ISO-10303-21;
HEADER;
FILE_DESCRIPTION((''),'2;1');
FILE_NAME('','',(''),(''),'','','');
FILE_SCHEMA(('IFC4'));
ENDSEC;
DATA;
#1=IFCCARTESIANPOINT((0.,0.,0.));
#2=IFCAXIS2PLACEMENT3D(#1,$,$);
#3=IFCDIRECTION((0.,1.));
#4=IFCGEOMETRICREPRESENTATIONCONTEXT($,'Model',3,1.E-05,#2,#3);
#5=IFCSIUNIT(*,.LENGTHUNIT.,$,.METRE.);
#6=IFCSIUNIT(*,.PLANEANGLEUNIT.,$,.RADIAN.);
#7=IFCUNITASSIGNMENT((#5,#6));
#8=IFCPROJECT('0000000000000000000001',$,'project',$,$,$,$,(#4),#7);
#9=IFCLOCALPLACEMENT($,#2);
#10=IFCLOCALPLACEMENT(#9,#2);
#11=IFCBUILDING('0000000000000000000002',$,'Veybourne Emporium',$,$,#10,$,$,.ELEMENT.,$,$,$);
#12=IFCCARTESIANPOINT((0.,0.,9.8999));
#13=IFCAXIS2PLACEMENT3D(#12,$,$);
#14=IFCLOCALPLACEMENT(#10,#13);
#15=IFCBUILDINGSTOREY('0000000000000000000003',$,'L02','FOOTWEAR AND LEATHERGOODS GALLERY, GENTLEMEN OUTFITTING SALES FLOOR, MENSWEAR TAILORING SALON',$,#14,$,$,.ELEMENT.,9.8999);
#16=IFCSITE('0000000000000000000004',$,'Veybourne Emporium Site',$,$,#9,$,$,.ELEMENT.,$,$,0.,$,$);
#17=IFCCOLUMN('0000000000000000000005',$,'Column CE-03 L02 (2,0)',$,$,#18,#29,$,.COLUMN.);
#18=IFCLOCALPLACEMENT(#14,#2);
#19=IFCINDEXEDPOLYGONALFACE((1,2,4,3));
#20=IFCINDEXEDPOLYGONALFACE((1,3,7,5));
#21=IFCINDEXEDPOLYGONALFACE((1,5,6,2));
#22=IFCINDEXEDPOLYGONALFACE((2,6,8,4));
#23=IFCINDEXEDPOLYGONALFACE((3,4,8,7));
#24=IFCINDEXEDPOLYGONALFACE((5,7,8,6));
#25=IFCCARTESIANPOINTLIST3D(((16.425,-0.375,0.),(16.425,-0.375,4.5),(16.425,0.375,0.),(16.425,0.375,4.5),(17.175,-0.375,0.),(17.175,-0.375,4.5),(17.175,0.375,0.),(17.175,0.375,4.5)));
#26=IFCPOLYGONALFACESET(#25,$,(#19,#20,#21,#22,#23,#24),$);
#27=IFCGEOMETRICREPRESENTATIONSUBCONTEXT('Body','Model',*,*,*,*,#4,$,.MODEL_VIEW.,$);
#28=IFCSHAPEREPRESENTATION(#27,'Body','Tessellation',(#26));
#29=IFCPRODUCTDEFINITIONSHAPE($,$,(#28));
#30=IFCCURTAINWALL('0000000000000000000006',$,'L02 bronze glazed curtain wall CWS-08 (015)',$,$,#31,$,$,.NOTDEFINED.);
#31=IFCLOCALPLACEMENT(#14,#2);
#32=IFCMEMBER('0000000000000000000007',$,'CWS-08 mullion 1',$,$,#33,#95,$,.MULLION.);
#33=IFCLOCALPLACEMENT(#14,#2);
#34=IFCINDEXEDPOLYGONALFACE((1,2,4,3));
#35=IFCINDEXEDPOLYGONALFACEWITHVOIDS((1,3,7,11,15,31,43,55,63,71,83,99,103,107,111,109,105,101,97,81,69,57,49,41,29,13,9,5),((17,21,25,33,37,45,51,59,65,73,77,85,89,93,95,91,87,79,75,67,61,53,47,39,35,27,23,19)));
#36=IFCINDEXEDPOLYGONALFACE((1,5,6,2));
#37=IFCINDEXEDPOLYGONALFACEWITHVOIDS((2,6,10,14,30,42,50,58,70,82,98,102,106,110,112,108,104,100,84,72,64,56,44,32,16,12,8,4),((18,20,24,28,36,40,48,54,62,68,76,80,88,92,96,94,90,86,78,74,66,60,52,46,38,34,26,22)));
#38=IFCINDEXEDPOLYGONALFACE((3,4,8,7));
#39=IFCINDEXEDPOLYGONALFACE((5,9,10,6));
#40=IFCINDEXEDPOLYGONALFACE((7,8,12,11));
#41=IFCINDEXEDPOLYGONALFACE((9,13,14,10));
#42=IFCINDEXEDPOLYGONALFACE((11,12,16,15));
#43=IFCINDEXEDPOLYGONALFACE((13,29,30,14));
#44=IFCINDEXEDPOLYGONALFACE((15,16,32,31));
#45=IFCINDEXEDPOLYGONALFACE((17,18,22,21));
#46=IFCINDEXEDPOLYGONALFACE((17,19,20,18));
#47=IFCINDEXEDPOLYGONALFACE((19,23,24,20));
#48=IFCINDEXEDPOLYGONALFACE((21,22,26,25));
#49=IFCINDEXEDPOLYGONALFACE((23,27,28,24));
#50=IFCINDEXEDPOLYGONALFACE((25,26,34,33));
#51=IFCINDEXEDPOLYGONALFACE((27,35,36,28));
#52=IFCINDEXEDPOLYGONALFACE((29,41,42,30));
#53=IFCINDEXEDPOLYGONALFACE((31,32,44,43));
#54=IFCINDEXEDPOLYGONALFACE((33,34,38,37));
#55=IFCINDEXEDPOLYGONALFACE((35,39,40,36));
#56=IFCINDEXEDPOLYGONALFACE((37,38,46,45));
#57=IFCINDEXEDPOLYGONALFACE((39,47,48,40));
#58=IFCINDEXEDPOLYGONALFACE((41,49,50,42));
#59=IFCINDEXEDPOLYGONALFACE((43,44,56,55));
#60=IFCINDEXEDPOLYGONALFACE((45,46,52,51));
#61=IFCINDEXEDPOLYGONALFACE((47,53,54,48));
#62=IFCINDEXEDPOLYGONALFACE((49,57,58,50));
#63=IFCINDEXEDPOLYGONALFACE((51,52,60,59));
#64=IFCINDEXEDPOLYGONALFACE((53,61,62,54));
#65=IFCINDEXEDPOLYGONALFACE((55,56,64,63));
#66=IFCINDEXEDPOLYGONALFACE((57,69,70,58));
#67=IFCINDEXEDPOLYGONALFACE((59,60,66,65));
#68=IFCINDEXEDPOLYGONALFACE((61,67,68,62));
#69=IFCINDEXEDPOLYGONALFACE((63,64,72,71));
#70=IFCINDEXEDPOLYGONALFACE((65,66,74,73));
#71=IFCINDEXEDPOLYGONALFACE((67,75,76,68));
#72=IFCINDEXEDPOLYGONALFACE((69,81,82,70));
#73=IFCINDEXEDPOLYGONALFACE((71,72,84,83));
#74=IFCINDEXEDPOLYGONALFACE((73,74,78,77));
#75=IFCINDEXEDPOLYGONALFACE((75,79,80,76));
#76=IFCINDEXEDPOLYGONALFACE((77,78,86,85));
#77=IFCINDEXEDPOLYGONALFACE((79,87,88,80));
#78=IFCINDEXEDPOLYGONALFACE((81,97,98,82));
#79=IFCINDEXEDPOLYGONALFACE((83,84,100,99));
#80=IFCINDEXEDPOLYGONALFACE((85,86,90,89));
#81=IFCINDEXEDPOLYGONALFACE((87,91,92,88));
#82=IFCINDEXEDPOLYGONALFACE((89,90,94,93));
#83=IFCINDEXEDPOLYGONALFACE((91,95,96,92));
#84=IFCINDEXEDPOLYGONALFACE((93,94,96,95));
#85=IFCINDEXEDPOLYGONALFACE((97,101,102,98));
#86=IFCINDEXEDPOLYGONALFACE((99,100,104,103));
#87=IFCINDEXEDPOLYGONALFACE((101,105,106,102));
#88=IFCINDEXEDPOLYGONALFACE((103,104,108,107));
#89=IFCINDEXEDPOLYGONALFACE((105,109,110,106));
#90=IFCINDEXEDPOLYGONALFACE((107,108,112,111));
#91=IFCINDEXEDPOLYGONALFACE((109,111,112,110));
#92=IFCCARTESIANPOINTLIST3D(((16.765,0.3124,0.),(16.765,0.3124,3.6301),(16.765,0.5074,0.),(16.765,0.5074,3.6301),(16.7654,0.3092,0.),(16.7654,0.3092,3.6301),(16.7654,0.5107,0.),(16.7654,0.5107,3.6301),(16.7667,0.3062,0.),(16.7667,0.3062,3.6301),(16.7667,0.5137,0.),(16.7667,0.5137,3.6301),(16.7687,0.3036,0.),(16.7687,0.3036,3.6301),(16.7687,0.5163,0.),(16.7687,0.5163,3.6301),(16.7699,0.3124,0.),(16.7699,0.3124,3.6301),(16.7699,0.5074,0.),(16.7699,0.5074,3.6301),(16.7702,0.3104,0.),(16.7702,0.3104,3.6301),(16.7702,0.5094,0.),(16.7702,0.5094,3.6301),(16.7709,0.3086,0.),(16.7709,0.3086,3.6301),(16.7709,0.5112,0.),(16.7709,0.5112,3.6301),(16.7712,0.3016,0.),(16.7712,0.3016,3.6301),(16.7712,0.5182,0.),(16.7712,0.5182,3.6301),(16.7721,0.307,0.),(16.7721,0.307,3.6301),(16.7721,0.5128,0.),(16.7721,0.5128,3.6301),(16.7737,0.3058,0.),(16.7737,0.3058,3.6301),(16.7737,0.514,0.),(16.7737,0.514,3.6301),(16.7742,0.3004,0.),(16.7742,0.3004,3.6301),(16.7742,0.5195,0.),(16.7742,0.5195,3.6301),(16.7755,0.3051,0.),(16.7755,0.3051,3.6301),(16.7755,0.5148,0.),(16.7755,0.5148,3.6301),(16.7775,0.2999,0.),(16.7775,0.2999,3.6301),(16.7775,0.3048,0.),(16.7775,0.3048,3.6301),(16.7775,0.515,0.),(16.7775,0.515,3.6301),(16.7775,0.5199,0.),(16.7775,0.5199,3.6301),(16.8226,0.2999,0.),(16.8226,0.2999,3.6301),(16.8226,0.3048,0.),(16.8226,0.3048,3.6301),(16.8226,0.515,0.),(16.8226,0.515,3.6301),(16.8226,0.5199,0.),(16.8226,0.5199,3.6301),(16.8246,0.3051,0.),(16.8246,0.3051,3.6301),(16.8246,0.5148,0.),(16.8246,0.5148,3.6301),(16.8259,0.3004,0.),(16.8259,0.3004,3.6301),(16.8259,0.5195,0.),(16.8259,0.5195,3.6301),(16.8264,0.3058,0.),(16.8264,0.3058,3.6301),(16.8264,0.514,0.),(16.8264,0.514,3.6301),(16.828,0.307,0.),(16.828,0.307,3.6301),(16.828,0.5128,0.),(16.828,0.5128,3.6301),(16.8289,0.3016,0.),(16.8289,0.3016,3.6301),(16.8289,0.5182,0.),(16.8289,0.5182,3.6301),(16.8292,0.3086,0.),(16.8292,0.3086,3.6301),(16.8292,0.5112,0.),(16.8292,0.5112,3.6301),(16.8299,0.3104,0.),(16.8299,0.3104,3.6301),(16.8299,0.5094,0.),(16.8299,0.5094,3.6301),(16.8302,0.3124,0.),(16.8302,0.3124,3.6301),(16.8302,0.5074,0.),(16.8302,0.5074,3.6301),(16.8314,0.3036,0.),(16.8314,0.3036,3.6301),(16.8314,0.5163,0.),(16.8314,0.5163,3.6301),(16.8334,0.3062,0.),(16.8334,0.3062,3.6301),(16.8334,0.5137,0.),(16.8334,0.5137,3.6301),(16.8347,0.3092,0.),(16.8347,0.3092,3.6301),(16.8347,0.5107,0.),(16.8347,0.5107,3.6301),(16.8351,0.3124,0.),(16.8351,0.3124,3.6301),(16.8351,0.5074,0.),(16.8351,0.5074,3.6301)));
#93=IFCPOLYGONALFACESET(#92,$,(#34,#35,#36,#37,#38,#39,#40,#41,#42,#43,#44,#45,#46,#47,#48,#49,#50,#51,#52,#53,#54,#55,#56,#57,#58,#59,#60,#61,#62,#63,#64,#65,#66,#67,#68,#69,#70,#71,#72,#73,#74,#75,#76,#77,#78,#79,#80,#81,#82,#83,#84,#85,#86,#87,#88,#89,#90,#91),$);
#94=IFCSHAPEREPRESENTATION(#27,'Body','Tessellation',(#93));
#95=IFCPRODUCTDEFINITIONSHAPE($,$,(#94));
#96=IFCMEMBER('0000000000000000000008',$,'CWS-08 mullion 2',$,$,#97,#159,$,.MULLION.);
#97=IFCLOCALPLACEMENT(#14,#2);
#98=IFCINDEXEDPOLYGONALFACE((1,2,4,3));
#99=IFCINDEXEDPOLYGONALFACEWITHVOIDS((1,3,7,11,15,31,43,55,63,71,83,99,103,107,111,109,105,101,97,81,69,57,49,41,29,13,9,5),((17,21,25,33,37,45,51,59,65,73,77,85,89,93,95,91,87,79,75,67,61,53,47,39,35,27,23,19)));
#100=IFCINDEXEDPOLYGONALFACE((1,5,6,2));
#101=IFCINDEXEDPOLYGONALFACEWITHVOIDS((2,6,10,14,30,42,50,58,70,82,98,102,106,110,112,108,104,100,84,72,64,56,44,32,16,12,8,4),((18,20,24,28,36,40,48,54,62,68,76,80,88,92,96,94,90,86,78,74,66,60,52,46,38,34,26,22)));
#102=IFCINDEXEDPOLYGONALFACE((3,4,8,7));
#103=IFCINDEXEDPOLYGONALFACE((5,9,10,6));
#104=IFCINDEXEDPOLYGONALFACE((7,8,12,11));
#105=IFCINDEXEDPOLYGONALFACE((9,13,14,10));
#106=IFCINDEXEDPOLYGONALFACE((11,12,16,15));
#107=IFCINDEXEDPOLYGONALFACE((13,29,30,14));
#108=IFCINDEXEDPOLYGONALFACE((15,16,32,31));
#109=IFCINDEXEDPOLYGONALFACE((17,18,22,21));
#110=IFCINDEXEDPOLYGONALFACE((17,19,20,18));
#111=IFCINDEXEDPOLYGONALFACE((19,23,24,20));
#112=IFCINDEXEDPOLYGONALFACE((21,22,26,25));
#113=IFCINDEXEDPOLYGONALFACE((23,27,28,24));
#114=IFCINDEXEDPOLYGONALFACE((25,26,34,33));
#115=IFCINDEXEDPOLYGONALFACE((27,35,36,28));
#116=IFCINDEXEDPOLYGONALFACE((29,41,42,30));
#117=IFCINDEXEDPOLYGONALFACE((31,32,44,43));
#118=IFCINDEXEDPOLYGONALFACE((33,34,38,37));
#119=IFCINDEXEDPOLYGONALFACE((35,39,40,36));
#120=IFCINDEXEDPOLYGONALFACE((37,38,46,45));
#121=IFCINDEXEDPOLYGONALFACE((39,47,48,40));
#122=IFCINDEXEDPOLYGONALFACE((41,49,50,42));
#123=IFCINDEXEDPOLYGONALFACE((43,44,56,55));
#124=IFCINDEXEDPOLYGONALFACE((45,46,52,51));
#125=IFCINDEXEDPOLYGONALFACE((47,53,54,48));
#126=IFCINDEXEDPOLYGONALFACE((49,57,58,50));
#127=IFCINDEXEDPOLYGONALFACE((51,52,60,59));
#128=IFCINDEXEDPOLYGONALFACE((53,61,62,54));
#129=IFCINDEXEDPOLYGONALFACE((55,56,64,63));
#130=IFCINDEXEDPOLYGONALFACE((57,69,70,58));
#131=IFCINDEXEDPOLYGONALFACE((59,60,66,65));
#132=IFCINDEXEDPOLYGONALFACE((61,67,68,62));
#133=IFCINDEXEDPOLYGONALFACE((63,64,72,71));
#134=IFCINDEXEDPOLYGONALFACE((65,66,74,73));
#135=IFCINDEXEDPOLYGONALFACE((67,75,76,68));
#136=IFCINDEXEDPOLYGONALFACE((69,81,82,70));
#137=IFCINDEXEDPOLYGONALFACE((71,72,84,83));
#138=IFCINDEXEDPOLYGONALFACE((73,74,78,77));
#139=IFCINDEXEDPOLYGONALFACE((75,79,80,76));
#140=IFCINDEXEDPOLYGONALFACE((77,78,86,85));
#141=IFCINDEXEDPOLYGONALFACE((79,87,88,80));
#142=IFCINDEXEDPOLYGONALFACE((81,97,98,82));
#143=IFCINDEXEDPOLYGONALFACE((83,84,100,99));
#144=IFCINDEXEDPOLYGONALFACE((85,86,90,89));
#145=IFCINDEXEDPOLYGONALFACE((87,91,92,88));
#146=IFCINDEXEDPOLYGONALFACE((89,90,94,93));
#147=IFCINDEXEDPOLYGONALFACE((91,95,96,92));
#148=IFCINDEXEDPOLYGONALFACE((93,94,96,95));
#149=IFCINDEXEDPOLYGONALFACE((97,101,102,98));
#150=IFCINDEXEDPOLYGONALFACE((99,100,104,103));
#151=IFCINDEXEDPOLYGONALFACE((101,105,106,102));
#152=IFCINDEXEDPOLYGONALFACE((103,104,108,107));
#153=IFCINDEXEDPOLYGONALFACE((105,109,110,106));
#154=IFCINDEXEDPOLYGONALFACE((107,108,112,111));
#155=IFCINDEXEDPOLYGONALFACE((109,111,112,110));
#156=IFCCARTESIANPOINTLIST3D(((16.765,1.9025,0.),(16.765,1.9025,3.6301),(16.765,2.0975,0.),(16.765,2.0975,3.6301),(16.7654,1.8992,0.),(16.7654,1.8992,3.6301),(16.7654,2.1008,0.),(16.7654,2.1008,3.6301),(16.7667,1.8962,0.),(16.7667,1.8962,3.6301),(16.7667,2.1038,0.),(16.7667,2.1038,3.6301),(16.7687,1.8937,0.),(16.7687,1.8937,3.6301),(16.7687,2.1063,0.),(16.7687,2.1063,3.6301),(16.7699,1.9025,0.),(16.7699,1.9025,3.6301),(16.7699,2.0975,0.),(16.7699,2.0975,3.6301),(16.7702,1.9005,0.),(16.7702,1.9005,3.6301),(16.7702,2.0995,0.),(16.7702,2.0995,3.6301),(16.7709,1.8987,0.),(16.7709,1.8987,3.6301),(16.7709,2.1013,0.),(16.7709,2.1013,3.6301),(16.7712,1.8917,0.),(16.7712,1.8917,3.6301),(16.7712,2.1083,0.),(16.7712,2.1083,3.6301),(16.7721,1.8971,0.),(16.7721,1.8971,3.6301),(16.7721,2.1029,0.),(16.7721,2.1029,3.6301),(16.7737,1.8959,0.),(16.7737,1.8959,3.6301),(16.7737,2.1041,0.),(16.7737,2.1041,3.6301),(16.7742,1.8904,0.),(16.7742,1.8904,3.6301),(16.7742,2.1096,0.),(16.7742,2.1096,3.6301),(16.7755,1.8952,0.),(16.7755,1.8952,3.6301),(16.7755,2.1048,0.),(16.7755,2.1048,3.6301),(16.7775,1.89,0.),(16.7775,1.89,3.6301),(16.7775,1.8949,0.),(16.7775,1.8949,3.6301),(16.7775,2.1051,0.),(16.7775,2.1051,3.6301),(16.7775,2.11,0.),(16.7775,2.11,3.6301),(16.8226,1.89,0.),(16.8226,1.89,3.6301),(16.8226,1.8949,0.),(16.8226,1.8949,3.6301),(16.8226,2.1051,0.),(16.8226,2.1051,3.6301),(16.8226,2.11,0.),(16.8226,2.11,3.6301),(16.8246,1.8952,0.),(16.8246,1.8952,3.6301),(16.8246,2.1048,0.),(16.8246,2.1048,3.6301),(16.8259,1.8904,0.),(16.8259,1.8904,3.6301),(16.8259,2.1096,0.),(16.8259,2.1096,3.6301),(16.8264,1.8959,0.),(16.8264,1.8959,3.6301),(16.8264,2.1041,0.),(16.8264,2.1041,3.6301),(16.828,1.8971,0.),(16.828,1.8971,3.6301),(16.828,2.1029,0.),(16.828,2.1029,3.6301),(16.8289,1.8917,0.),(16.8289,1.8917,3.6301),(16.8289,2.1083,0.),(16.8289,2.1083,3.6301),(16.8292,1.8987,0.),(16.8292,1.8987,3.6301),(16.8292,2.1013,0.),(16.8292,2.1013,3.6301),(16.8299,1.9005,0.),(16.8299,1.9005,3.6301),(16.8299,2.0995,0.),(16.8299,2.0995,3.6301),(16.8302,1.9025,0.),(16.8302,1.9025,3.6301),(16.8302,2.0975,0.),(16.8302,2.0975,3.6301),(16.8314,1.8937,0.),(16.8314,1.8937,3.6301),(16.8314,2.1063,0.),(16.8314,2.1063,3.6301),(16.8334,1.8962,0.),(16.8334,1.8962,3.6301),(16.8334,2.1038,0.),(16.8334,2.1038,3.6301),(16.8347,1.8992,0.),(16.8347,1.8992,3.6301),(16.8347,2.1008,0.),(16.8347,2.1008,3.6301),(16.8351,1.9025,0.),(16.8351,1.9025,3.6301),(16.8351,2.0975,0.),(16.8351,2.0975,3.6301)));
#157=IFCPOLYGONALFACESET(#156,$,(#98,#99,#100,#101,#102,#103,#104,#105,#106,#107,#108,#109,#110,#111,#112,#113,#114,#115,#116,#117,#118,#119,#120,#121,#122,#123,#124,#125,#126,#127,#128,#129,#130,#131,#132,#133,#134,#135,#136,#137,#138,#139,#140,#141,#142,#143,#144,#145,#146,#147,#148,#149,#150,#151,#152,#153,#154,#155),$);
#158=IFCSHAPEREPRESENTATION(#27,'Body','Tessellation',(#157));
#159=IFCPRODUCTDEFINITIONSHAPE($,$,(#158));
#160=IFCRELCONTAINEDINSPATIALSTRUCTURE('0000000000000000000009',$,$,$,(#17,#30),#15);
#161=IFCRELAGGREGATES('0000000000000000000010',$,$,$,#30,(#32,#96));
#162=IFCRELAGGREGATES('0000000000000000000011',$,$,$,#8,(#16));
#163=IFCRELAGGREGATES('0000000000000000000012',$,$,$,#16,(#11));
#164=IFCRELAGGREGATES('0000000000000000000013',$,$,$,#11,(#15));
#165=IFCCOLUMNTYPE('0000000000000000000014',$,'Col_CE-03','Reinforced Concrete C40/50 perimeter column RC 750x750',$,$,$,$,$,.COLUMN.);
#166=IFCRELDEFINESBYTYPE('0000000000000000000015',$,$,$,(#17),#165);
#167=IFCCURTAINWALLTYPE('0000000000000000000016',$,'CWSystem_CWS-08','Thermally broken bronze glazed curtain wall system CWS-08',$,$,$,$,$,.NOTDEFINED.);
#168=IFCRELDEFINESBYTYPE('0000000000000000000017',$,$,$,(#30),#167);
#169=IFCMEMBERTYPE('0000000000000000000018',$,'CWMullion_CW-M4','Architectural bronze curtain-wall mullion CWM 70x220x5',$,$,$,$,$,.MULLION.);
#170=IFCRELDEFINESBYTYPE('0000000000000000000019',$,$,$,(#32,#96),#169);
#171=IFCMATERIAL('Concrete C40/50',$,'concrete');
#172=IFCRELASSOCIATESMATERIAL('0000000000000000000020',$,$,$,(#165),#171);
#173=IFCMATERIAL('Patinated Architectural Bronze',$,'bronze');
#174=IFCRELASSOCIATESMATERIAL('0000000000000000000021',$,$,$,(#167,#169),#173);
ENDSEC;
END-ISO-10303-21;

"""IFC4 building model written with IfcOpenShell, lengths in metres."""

from ifc_helpers import new_model, si_unit, direction, frame, origin, origin_2d, place, context, subcontext, project, spatial, rectangle, hollow_rectangle, extrude, material, material_profile, profile_set, type_object, element, aggregate, save


model = new_model("IFC4")

# Units and contexts
model_context = context("Model", 3, precision=1e-05, world=origin(), true_north=direction((0.0, 1.0)))
body_context = subcontext(model_context, "Body", "Model", "MODEL_VIEW")
ifc_project = project(units=[si_unit("LENGTHUNIT", "METRE"), si_unit("PLANEANGLEUNIT", "RADIAN")], contexts=[model_context])

# Site, building, storey
site_placement = place(None, origin())
site = spatial("IfcSite", under=ifc_project, at=site_placement, Name="Veybourne Emporium Site", CompositionType="ELEMENT", RefElevation=0.0)
building_placement = place(site_placement, origin())
building = spatial("IfcBuilding", under=site, at=building_placement, Name="Veybourne Emporium", CompositionType="ELEMENT")
storey_placement = place(building_placement, frame((0.0, 0.0, 9.8999)))
storey = spatial("IfcBuildingStorey", under=building, at=storey_placement, Name="L02", Description="FOOTWEAR AND LEATHERGOODS GALLERY, GENTLEMEN OUTFITTING SALES FLOOR, MENSWEAR TAILORING SALON", CompositionType="ELEMENT", Elevation=9.8999)

# Column
ifc_material_1 = material(Name="Concrete C40/50", Category="concrete")
ifc_material_profile_1 = material_profile(ifc_material_1, rectangle(XDim=0.75, YDim=0.75, at=origin_2d()), Name="RC 750x750")
ifc_profile_set_1 = profile_set([ifc_material_profile_1], Name="Concrete C40/50")
column_type = type_object("IfcColumnType", Name="Col_CE-03", Description="Reinforced Concrete C40/50 perimeter column RC 750x750", PredefinedType="COLUMN", material=ifc_profile_set_1)
column_placement = place(storey_placement, frame((16.8, 0.0, 0.0), z_axis=(0.0, 0.0, 1.0), x_axis=(1.0, 0.0, 0.0)))
element("IfcColumn", 1, at=column_placement, inside=storey, type_object=column_type, Name="Column CE-03 L02 (2,0)", PredefinedType="COLUMN", context=body_context, shape_type="SweptSolid", body=[
    extrude(rectangle(XDim=0.75, YDim=0.75, at=origin_2d()), origin(), (0.0, 0.0, 1.0), 4.5),
])

# Curtain wall, members
ifc_material_2 = material(Name="Patinated Architectural Bronze", Category="bronze")
curtain_wall_type = type_object("IfcCurtainWallType", Name="CWSystem_CWS-08", Description="Thermally broken bronze glazed curtain wall system CWS-08", PredefinedType="NOTDEFINED", material=ifc_material_2)
curtain_wall_placement = place(storey_placement, origin())
curtain_wall = element("IfcCurtainWall", 2, at=curtain_wall_placement, inside=storey, type_object=curtain_wall_type, Name="L02 bronze glazed curtain wall CWS-08 (015)", PredefinedType="NOTDEFINED")
ifc_material_profile_2 = material_profile(ifc_material_2, hollow_rectangle(XDim=0.0701, YDim=0.22, WallThickness=0.0049, InnerFilletRadius=0.0076, OuterFilletRadius=0.0125, at=origin_2d()), Name="CWM 70x220x5")
ifc_profile_set_2 = profile_set([ifc_material_profile_2], Name="Patinated Architectural Bronze")
member_type_1 = type_object("IfcMemberType", Name="CWMullion_CW-M4", Description="Architectural bronze curtain-wall mullion CWM 70x220x5", PredefinedType="MULLION", material=ifc_profile_set_2)
member_1_placement = place(storey_placement, frame((16.8, 0.4099, 0.0), z_axis=(0.0, 0.0, 1.0), x_axis=(-1.0, 0.0, 0.0)))
member_1 = element("IfcMember", 3, at=member_1_placement, type_object=member_type_1, Name="CWS-08 mullion 1", PredefinedType="MULLION", context=body_context, shape_type="SweptSolid", body=[
    extrude(hollow_rectangle(XDim=0.0701, YDim=0.22, WallThickness=0.0049, InnerFilletRadius=0.0076, OuterFilletRadius=0.0125, at=origin_2d()), origin(), (0.0, 0.0, 1.0), 3.6301),
])
member_2_placement = place(storey_placement, frame((16.8, 2.0, 0.0), z_axis=(0.0, 0.0, 1.0), x_axis=(-1.0, 0.0, 0.0)))
member_2 = element("IfcMember", 4, at=member_2_placement, type_object=member_type_1, Name="CWS-08 mullion 2", PredefinedType="MULLION", context=body_context, shape_type="SweptSolid", body=[
    extrude(hollow_rectangle(XDim=0.0701, YDim=0.22, WallThickness=0.0049, InnerFilletRadius=0.0076, OuterFilletRadius=0.0125, at=origin_2d()), origin(), (0.0, 0.0, 1.0), 3.6301),
])

aggregate(curtain_wall, [member_1, member_2])

save(model, "model.ifc")
